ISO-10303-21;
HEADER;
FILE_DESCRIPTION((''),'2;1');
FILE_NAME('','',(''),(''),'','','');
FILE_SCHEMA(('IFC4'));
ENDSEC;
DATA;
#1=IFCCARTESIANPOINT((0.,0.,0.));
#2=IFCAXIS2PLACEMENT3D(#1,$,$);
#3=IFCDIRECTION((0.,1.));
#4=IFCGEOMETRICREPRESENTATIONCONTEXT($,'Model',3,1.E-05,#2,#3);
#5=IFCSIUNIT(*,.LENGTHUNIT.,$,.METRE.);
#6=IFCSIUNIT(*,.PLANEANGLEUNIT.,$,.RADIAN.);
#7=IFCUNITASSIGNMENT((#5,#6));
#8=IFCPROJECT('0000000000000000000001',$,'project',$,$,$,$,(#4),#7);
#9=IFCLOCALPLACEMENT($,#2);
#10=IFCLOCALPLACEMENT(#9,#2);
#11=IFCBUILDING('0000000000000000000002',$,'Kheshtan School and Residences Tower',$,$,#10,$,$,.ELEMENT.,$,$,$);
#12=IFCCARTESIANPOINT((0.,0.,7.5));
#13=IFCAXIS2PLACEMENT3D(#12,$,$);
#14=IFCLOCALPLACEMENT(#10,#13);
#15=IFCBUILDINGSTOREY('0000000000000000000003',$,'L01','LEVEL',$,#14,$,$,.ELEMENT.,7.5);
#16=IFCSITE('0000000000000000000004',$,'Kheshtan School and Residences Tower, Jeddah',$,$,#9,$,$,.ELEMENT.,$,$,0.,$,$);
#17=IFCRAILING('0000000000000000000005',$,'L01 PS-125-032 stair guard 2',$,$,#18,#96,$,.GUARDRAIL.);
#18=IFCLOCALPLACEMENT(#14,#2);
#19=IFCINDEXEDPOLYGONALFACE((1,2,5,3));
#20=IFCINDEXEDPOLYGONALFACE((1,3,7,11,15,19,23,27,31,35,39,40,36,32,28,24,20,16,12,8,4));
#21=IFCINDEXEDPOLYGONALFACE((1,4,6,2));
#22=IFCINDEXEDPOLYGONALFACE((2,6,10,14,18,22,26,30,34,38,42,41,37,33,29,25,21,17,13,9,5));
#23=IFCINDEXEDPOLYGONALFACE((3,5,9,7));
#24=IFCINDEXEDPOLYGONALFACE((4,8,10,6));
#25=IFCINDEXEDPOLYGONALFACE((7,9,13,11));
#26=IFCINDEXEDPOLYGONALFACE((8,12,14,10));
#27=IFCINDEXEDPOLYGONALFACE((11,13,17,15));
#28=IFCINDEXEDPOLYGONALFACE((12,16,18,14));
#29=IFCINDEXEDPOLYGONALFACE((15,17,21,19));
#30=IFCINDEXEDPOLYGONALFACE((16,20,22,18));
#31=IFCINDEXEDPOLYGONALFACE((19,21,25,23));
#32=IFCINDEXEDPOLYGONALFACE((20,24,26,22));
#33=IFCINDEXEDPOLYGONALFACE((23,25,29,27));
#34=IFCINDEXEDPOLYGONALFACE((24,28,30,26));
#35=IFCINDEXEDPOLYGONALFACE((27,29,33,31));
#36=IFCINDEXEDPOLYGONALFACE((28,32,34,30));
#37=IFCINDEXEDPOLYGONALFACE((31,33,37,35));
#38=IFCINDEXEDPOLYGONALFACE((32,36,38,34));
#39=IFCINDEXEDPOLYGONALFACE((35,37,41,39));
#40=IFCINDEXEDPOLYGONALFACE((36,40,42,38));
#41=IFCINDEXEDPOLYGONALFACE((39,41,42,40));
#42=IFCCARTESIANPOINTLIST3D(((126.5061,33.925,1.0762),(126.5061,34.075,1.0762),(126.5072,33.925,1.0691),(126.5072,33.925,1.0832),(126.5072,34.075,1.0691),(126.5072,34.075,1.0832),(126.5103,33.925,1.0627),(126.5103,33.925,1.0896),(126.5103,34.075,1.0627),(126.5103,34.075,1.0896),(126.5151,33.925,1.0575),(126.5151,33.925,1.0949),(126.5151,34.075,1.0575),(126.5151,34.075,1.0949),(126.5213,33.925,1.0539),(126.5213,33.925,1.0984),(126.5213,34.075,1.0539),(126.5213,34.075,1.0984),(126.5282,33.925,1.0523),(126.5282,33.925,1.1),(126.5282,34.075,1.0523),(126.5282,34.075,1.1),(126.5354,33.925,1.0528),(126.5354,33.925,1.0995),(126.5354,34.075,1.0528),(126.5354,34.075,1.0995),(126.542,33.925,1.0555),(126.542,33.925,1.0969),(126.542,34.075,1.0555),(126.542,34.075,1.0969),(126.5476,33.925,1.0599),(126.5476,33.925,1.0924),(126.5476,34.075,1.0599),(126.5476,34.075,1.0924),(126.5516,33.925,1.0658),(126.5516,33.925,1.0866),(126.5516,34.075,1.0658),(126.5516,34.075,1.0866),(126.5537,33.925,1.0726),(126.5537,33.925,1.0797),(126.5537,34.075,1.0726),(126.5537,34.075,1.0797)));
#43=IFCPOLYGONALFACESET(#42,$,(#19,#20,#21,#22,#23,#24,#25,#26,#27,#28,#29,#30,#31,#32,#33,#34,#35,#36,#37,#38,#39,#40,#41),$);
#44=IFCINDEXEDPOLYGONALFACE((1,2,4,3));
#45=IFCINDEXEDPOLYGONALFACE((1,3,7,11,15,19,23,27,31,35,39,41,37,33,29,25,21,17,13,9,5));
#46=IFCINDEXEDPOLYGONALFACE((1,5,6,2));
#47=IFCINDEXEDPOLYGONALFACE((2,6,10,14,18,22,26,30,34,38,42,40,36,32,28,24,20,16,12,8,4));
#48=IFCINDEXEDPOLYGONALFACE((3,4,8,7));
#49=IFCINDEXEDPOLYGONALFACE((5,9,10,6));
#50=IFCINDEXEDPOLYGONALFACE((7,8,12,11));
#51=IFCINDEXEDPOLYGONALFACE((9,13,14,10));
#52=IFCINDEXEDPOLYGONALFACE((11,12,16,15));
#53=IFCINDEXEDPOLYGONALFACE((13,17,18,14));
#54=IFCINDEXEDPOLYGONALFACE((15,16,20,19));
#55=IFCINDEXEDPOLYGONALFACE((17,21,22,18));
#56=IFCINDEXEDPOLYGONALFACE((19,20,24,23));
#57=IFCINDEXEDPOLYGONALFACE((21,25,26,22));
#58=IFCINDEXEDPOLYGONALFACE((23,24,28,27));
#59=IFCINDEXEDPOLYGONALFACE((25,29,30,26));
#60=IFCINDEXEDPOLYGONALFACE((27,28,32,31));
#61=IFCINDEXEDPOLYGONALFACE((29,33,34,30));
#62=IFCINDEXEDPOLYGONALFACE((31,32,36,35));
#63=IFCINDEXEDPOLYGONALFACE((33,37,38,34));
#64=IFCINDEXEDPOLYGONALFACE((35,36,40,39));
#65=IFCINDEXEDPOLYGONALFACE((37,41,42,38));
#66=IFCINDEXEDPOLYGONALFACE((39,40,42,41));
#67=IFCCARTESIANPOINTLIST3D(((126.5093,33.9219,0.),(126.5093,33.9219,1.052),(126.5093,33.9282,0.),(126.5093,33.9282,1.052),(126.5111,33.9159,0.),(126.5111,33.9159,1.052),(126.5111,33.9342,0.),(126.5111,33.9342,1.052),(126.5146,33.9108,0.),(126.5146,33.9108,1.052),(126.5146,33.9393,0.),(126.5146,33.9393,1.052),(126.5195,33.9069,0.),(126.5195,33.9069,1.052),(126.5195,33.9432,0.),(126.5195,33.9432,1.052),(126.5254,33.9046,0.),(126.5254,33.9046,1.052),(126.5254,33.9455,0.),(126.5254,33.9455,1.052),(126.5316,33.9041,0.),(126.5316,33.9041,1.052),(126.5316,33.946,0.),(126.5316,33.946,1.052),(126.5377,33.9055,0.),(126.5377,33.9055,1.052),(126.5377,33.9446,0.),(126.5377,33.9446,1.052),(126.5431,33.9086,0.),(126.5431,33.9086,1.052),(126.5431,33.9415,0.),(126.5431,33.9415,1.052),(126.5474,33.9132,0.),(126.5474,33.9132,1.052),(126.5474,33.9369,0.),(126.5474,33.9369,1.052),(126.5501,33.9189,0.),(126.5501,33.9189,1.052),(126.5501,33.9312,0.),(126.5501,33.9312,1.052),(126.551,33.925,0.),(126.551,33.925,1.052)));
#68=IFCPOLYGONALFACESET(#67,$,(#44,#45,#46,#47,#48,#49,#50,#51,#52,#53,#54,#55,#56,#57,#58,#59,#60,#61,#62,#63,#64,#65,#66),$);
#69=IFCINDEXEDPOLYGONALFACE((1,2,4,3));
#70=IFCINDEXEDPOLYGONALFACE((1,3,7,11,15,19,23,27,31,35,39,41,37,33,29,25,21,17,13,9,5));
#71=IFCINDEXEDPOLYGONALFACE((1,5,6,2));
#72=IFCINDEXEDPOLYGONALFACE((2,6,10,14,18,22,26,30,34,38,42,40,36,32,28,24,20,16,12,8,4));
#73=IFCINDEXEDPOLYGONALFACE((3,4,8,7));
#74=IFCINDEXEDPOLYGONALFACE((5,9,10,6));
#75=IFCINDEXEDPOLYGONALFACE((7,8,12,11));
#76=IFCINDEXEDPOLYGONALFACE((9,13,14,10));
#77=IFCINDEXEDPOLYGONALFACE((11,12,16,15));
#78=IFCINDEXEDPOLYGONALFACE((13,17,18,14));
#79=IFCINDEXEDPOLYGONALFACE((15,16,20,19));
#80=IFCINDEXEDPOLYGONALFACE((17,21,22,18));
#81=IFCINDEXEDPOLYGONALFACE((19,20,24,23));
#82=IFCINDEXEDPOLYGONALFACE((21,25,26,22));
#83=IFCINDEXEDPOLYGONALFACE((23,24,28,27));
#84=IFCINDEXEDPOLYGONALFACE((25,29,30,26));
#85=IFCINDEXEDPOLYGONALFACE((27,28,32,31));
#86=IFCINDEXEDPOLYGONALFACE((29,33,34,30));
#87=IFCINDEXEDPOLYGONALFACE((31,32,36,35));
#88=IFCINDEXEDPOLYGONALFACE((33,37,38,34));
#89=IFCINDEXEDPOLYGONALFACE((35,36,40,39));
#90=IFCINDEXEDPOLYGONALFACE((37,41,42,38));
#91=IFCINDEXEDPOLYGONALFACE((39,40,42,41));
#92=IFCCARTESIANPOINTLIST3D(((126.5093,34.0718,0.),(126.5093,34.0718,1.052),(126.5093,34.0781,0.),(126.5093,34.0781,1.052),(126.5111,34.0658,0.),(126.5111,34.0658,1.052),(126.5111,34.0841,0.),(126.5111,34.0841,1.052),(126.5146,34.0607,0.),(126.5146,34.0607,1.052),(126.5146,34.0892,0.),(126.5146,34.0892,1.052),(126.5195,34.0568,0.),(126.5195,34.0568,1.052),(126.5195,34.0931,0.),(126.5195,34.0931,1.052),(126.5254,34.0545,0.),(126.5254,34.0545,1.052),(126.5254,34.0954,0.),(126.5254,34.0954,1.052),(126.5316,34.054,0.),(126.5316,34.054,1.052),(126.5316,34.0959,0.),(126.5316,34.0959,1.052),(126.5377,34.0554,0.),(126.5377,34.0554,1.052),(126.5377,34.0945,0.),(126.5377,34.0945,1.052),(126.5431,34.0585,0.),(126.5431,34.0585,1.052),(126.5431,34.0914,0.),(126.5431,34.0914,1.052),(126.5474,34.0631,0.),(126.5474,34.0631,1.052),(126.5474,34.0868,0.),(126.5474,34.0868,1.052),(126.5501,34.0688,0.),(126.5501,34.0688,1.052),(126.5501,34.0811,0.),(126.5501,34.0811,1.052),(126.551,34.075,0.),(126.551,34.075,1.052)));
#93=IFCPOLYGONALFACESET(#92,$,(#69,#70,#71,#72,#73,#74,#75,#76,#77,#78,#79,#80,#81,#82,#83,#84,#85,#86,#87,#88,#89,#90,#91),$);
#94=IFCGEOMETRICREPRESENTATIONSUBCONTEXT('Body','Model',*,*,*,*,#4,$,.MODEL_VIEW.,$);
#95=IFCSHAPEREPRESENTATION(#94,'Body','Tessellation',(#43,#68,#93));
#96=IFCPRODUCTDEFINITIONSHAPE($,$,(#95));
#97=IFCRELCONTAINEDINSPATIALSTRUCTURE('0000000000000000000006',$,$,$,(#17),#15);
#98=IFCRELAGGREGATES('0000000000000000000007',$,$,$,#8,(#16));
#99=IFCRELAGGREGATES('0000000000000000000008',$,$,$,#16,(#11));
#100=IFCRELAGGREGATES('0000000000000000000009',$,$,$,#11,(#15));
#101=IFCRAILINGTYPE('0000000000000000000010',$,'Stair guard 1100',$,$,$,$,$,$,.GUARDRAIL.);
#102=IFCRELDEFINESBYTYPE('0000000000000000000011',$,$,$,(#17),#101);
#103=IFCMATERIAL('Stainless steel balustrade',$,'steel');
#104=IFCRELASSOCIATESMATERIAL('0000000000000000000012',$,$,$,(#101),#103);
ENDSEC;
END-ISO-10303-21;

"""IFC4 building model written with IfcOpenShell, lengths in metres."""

from ifc_helpers import new_model, si_unit, direction, frame, origin, origin_2d, place, context, subcontext, project, spatial, circle, extrude, material, type_object, element, save


model = new_model("IFC4")

# Units and contexts
model_context = context("Model", 3, precision=1e-05, world=origin(), true_north=direction((0.0, 1.0)))
body_context = subcontext(model_context, "Body", "Model", "MODEL_VIEW")
ifc_project = project(units=[si_unit("LENGTHUNIT", "METRE"), si_unit("PLANEANGLEUNIT", "RADIAN")], contexts=[model_context])

# Site, building, storey
site_placement = place(None, origin())
site = spatial("IfcSite", under=ifc_project, at=site_placement, Name="Kheshtan School and Residences Tower, Jeddah", CompositionType="ELEMENT", RefElevation=0.0)
building_placement = place(site_placement, origin())
building = spatial("IfcBuilding", under=site, at=building_placement, Name="Kheshtan School and Residences Tower", CompositionType="ELEMENT")
storey_placement = place(building_placement, frame((0.0, 0.0, 7.5)))
storey = spatial("IfcBuildingStorey", under=building, at=storey_placement, Name="L01", Description="LEVEL", CompositionType="ELEMENT", Elevation=7.5)

# Railing
ifc_material_1 = material(Name="Stainless steel balustrade", Category="steel")
railing_type_1 = type_object("IfcRailingType", Name="Stair guard 1100", PredefinedType="GUARDRAIL", material=ifc_material_1)
railing_1_placement = place(storey_placement, frame((126.53, 33.925, 0.0)))
element("IfcRailing", 1, at=railing_1_placement, inside=storey, type_object=railing_type_1, Name="L01 PS-125-032 stair guard 2", PredefinedType="GUARDRAIL", context=body_context, shape_type="SweptSolid", body=[
    extrude(circle(Radius=0.0239, at=origin_2d()), frame((0.0, 0.0, 1.0762), z_axis=(0.0, 1.0, 0.0), x_axis=(-1.0, 0.0, 0.0)), (0.0, 0.0, 1.0), 0.1499),
    extrude(circle(Radius=0.021, at=origin_2d()), origin(), (0.0, 0.0, 1.0), 1.052),
    extrude(circle(Radius=0.021, at=origin_2d()), frame((0.0, 0.1499, 0.0)), (0.0, 0.0, 1.0), 1.052),
])

save(model, "model.ifc")
